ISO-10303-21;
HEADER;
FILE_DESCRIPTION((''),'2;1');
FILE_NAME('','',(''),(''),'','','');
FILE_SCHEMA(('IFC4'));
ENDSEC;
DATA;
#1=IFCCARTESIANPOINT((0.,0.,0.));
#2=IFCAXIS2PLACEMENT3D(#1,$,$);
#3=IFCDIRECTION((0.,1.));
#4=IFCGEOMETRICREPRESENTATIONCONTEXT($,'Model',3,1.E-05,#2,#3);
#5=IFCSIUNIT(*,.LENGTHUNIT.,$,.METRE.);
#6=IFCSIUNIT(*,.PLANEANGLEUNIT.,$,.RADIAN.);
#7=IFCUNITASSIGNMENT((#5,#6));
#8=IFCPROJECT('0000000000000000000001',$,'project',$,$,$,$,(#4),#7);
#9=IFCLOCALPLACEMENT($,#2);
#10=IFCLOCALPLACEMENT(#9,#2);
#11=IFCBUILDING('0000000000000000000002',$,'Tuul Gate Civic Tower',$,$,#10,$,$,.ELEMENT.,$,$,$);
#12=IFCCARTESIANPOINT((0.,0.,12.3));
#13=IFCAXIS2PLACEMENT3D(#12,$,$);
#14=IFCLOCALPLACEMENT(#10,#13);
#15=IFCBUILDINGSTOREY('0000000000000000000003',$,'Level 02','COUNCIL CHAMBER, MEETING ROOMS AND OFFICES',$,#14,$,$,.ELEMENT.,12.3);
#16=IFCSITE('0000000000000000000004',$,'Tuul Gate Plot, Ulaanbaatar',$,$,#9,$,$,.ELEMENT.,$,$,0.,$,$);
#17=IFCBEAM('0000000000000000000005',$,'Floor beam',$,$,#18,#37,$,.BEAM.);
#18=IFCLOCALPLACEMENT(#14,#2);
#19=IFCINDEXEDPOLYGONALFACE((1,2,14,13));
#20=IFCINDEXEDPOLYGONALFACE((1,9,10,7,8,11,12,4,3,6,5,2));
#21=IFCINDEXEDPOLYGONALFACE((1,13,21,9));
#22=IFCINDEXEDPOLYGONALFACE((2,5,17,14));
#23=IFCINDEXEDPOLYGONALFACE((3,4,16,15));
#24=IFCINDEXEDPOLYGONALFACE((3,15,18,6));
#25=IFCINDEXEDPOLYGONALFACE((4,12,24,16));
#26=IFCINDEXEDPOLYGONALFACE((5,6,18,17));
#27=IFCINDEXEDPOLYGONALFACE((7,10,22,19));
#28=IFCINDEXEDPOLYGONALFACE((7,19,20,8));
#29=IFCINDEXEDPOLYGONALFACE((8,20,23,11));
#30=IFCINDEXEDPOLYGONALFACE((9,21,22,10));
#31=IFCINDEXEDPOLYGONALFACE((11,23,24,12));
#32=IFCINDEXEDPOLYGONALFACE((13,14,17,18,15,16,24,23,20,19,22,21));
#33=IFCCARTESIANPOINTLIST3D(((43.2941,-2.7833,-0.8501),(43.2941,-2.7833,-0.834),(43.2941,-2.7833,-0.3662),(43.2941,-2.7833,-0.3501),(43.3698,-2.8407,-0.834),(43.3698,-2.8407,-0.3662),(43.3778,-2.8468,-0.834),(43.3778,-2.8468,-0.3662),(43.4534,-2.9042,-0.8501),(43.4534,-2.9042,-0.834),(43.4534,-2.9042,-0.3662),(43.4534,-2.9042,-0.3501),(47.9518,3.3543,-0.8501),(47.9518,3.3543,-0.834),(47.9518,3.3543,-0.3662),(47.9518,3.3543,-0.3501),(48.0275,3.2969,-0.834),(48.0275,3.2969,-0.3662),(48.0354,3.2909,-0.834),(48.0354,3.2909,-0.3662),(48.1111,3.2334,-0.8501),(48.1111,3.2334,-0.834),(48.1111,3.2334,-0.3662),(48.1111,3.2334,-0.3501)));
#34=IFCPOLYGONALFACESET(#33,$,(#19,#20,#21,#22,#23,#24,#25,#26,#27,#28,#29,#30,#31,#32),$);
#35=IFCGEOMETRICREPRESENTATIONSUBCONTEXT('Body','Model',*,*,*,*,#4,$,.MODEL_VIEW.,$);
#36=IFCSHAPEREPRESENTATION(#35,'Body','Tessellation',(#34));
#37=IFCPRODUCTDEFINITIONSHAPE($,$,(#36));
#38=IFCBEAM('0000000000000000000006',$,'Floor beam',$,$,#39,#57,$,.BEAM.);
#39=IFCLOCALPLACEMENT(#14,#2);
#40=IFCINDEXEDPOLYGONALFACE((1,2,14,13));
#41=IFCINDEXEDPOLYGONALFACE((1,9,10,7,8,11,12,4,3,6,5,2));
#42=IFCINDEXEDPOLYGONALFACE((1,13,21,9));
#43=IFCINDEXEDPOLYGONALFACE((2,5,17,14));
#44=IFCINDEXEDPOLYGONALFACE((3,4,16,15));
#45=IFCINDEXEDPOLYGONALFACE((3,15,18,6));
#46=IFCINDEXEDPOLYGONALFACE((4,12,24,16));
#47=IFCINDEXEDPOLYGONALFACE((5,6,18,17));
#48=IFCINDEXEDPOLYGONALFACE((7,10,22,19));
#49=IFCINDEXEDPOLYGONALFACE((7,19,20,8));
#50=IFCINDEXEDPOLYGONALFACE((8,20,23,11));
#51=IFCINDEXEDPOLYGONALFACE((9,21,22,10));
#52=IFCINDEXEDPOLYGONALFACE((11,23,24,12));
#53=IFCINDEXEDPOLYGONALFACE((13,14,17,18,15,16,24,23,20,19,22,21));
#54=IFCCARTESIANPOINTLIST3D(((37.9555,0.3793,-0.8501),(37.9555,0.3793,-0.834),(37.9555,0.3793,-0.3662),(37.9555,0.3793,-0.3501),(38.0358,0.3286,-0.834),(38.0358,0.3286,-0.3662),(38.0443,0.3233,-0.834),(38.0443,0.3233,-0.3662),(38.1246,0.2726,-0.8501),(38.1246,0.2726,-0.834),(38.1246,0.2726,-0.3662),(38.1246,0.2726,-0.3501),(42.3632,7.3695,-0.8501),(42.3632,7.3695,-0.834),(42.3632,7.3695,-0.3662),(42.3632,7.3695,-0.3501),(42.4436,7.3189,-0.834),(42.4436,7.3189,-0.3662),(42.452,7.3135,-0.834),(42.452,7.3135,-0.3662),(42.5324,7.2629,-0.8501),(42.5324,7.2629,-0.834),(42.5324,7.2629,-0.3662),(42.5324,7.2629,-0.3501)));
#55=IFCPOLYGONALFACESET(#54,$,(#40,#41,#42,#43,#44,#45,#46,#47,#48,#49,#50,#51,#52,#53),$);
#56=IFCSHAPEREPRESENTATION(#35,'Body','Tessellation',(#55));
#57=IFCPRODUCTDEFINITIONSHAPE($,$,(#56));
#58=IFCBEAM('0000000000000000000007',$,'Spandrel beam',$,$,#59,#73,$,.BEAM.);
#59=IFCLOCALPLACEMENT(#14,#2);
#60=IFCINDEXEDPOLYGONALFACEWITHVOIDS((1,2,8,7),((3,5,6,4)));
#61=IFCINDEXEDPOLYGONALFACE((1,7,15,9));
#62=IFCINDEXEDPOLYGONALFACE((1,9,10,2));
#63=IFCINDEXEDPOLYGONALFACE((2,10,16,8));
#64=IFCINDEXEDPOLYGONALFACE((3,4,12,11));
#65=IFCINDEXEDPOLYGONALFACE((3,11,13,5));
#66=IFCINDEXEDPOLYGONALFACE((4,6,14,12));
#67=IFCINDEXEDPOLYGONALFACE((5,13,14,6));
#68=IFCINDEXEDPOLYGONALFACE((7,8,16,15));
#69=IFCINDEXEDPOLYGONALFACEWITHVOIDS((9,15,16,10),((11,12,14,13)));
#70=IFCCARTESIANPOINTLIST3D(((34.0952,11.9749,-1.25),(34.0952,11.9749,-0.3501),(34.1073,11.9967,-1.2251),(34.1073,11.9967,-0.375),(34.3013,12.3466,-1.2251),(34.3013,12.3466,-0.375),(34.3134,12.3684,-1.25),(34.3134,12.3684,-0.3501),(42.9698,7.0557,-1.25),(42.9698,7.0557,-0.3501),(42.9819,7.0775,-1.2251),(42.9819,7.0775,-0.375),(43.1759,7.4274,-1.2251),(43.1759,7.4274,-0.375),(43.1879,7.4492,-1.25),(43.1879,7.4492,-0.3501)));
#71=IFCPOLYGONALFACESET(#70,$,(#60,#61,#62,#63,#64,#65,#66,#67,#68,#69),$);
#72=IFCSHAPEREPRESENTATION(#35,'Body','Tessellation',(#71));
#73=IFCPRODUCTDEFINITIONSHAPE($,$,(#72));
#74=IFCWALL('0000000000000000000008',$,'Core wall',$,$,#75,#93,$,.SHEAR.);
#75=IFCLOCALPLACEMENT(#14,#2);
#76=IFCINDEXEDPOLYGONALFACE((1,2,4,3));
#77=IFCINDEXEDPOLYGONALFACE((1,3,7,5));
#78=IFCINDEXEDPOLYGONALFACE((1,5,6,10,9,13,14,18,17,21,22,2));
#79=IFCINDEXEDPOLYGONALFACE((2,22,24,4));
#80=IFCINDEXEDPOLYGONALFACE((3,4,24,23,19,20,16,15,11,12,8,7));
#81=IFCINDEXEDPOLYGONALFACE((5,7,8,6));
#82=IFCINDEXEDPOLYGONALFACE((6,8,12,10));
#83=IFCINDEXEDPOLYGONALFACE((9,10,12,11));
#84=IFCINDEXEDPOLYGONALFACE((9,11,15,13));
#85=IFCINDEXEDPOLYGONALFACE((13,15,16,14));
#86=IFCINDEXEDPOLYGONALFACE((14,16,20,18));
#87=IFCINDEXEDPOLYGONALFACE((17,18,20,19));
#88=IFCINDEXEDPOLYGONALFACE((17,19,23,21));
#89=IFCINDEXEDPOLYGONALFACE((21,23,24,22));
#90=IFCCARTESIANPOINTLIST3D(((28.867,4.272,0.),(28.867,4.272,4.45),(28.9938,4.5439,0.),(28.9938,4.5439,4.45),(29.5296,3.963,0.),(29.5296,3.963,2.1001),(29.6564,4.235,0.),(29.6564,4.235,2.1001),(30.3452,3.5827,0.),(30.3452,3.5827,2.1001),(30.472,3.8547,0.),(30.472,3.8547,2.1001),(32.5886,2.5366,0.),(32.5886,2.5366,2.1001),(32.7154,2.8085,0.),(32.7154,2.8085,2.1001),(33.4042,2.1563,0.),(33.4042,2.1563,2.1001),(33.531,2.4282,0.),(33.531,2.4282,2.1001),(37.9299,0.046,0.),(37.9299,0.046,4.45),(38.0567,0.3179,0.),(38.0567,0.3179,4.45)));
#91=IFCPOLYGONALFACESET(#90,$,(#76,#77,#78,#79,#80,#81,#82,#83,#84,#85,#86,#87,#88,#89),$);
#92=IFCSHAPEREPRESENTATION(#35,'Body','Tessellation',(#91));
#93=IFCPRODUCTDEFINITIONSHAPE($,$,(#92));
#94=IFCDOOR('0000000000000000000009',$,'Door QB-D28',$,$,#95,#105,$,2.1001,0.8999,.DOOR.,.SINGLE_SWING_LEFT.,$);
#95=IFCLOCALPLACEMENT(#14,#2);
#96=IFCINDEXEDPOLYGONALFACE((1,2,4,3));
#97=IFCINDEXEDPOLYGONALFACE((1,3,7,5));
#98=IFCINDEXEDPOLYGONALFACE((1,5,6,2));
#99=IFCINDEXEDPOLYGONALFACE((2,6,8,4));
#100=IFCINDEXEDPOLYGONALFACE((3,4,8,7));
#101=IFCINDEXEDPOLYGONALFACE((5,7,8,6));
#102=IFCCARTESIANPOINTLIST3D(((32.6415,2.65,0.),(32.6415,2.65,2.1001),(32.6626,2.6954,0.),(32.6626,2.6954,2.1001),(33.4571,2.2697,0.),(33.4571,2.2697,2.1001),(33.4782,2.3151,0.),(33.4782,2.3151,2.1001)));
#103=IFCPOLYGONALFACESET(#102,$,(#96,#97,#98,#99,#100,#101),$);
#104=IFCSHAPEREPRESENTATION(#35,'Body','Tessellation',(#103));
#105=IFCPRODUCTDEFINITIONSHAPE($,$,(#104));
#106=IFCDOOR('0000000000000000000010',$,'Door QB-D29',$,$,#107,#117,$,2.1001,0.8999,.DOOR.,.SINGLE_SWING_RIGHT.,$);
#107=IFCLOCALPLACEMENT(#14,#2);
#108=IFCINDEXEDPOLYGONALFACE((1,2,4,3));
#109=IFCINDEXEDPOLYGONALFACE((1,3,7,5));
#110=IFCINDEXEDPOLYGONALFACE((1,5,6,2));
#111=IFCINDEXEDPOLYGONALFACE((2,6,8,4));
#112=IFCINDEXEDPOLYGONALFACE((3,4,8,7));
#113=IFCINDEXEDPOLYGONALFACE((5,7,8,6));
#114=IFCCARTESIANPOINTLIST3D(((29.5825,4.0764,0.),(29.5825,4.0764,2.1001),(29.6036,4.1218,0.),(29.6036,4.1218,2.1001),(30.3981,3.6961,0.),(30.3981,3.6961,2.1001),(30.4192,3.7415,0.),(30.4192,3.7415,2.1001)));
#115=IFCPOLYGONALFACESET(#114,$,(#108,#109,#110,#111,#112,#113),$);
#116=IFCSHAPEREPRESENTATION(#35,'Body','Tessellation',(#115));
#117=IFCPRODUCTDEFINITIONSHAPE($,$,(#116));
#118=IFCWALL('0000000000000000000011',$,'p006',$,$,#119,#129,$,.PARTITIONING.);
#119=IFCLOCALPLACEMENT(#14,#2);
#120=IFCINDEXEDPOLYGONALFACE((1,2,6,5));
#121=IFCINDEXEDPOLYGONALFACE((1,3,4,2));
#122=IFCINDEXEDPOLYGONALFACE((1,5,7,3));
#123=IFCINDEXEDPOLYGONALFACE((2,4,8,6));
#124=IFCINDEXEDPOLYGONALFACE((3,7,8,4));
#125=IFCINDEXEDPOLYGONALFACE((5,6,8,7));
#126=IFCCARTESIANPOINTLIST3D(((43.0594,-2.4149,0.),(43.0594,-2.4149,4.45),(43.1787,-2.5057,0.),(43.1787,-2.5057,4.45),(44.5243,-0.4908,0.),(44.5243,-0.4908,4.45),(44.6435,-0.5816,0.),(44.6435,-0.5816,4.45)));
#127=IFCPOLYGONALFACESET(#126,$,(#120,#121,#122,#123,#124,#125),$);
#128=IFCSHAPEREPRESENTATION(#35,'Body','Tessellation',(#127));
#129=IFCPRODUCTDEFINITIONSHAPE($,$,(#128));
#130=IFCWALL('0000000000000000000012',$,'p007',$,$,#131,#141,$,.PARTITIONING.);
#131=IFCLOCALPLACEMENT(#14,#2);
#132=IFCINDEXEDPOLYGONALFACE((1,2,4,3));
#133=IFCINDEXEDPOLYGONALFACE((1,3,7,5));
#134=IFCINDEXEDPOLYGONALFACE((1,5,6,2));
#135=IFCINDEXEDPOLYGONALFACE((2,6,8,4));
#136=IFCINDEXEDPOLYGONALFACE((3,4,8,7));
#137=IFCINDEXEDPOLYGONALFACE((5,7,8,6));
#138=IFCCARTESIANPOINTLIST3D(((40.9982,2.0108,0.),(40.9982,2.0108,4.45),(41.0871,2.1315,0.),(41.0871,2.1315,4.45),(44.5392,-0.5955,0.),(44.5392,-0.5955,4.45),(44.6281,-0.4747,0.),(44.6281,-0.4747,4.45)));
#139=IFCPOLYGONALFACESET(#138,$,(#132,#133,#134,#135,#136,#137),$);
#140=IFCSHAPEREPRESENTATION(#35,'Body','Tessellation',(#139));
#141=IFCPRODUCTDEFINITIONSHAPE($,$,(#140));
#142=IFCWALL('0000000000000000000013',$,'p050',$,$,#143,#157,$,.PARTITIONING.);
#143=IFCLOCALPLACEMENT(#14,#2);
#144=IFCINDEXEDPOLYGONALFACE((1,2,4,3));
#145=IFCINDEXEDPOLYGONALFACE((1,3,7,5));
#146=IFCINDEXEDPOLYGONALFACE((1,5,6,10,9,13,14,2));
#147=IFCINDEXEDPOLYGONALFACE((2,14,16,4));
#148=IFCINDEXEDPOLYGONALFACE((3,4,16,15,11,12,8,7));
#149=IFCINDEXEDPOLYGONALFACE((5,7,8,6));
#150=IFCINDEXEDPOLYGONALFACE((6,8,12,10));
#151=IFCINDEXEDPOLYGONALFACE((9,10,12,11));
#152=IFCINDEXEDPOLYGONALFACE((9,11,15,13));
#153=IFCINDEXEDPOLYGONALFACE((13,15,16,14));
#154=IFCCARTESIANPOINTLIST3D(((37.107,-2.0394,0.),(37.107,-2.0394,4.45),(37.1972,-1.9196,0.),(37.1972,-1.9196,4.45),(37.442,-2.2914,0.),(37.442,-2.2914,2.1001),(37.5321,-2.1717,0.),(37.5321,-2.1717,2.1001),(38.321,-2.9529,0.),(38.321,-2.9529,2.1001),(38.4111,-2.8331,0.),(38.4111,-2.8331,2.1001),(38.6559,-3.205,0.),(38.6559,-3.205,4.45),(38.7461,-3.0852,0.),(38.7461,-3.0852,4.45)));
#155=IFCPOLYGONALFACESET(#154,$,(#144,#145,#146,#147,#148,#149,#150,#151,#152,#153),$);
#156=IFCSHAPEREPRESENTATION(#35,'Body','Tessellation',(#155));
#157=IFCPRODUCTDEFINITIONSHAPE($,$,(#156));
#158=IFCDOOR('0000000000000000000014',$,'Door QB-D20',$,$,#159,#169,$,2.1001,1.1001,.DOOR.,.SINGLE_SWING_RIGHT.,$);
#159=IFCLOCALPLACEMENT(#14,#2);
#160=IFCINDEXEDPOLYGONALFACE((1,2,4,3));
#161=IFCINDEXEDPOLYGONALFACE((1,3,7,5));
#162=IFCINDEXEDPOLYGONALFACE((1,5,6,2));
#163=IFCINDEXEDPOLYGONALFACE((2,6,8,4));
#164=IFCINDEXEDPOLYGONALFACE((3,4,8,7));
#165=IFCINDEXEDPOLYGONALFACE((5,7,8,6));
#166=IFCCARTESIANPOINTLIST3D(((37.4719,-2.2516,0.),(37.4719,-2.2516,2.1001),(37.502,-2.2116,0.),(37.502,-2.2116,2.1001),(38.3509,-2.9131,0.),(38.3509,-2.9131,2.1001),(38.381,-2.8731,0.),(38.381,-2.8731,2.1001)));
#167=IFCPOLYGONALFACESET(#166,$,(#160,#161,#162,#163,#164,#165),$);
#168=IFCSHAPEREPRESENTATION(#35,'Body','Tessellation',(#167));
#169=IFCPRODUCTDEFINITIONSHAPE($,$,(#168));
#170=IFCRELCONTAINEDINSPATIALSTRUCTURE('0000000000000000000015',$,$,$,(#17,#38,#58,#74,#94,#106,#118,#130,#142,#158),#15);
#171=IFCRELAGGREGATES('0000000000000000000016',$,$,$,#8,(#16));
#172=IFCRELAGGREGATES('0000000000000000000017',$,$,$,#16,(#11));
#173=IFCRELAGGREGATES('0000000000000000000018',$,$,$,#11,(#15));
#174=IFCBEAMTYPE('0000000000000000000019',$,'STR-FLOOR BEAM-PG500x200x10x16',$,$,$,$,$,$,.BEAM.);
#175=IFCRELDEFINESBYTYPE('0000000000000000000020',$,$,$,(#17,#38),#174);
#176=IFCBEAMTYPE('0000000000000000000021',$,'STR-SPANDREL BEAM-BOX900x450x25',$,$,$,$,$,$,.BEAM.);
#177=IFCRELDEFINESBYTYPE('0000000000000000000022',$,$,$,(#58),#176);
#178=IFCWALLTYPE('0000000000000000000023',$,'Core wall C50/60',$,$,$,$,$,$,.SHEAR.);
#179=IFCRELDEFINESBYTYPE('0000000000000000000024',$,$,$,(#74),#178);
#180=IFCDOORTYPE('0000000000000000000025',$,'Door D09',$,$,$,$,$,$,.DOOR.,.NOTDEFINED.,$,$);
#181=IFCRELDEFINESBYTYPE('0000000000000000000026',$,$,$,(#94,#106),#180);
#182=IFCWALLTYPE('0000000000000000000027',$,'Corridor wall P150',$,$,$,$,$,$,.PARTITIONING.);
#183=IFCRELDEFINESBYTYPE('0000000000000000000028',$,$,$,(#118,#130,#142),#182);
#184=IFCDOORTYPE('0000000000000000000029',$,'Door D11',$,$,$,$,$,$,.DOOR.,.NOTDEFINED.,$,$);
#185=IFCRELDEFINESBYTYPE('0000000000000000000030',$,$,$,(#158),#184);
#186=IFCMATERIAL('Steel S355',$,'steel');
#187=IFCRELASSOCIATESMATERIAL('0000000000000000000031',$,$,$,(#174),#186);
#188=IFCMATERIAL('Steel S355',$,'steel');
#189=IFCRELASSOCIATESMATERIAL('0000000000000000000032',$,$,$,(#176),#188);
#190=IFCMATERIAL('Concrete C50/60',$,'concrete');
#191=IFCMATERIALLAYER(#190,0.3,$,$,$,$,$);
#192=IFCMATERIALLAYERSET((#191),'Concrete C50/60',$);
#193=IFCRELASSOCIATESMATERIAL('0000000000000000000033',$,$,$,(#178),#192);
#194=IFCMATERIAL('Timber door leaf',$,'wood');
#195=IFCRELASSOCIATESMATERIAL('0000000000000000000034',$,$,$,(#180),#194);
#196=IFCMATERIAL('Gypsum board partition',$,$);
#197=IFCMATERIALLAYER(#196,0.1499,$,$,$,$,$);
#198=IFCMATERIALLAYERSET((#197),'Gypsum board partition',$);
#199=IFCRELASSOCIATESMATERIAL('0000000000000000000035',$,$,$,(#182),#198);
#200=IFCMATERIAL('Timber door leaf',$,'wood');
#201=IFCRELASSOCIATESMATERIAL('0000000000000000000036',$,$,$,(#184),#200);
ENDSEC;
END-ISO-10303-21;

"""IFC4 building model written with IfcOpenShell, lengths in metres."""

from ifc_helpers import new_model, si_unit, direction, frame, frame_2d, origin, origin_2d, place, context, subcontext, project, spatial, rectangle, hollow_rectangle, i_section, extrude, material, layer, layer_set, material_profile, profile_set, type_object, element, fill, save


model = new_model("IFC4")

# Units and contexts
model_context = context("Model", 3, precision=1e-05, world=origin(), true_north=direction((0.0, 1.0)))
body_context = subcontext(model_context, "Body", "Model", "MODEL_VIEW")
ifc_project = project(units=[si_unit("LENGTHUNIT", "METRE"), si_unit("PLANEANGLEUNIT", "RADIAN")], contexts=[model_context])

# Site, building, storey
site_placement = place(None, origin())
site = spatial("IfcSite", under=ifc_project, at=site_placement, Name="Tuul Gate Plot, Ulaanbaatar", CompositionType="ELEMENT", RefElevation=0.0)
building_placement = place(site_placement, origin())
building = spatial("IfcBuilding", under=site, at=building_placement, Name="Tuul Gate Civic Tower", CompositionType="ELEMENT")
storey_placement = place(building_placement, frame((0.0, 0.0, 12.3)))
storey = spatial("IfcBuildingStorey", under=building, at=storey_placement, Name="Level 02", Description="COUNCIL CHAMBER, MEETING ROOMS AND OFFICES", CompositionType="ELEMENT", Elevation=12.3)

# Beams
ifc_material_1 = material(Name="Steel S355", Category="steel")
ifc_material_profile_1 = material_profile(ifc_material_1, i_section(OverallWidth=0.2, OverallDepth=0.5, WebThickness=0.01, FlangeThickness=0.0161, at=origin_2d()), Name="PG500x200x10x16")
ifc_profile_set_1 = profile_set([ifc_material_profile_1], Name="Steel S355")
beam_type_1 = type_object("IfcBeamType", Name="STR-FLOOR BEAM-PG500x200x10x16", PredefinedType="BEAM", material=ifc_profile_set_1)
beam_1_placement = place(storey_placement, frame((43.3738, -2.8438, -0.6001), z_axis=(0.604513, 0.796596, 0.0), x_axis=(-0.796596, 0.604513, 0.0)))
element("IfcBeam", 1, at=beam_1_placement, inside=storey, type_object=beam_type_1, Name="Floor beam", PredefinedType="BEAM", context=body_context, shape_type="SweptSolid", body=[
    extrude(i_section(OverallWidth=0.2, OverallDepth=0.5, WebThickness=0.01, FlangeThickness=0.0161, at=origin_2d()), origin(), (0.0, 0.0, 1.0), 7.7048),
])
beam_2_placement = place(storey_placement, frame((38.04, 0.3259, -0.6001), z_axis=(0.533373, 0.84588, 0.0), x_axis=(-0.84588, 0.533373, 0.0)))
element("IfcBeam", 2, at=beam_2_placement, inside=storey, type_object=beam_type_1, Name="Floor beam", PredefinedType="BEAM", context=body_context, shape_type="SweptSolid", body=[
    extrude(i_section(OverallWidth=0.2, OverallDepth=0.5, WebThickness=0.01, FlangeThickness=0.0161, at=origin_2d()), origin(), (0.0, 0.0, 1.0), 8.2639),
])
ifc_material_2 = material(Name="Steel S355", Category="steel")
ifc_material_profile_2 = material_profile(ifc_material_2, hollow_rectangle(XDim=0.45, YDim=0.8999, WallThickness=0.0249, at=origin_2d()), Name="BOX900x450x25")
ifc_profile_set_2 = profile_set([ifc_material_profile_2], Name="Steel S355")
beam_type_2 = type_object("IfcBeamType", Name="STR-SPANDREL BEAM-BOX900x450x25", PredefinedType="BEAM", material=ifc_profile_set_2)
beam_3_placement = place(storey_placement, frame((43.0789, 7.2524, -0.8), z_axis=(-0.874621, 0.484807, 0.0), x_axis=(-0.484807, -0.874621, 0.0)))
element("IfcBeam", 3, at=beam_3_placement, inside=storey, type_object=beam_type_2, Name="Spandrel beam", PredefinedType="BEAM", context=body_context, shape_type="SweptSolid", body=[
    extrude(hollow_rectangle(XDim=0.45, YDim=0.8999, WallThickness=0.0249, at=origin_2d()), origin(), (0.0, 0.0, 1.0), 10.1467),
])

# Wall, openings, doors
ifc_material_3 = material(Name="Concrete C50/60", Category="concrete")
ifc_layer_1 = layer(ifc_material_3, 0.3)
ifc_layer_set_1 = layer_set([ifc_layer_1], Name="Concrete C50/60")
wall_type_1 = type_object("IfcWallType", Name="Core wall C50/60", PredefinedType="SHEAR", material=ifc_layer_set_1)
wall_1_placement = place(storey_placement, frame((37.9934, 0.1819, 0.0), z_axis=(0.0, 0.0, 1.0), x_axis=(-0.90631, 0.422613, 0.0)))
wall_1 = element("IfcWall", 4, at=wall_1_placement, inside=storey, type_object=wall_type_1, Name="Core wall", PredefinedType="SHEAR", context=body_context, shape_type="SweptSolid", body=[
    extrude(rectangle(XDim=9.9998, YDim=0.3, at=frame_2d((5.0, 0.0))), origin(), (0.0, 0.0, 1.0), 4.45),
])
opening_1_placement = place(wall_1_placement, frame((4.9937, 0.0, 0.0)))
opening_1 = element("IfcOpeningElement", 5, at=opening_1_placement, cuts=wall_1, PredefinedType="OPENING", context=body_context, shape_type="SweptSolid", body=[
    extrude(rectangle(XDim=0.8999, YDim=2.1001, at=frame_2d((0.45, 1.05))), frame((0.0, 0.1602, 0.0), z_axis=(0.0, -1.0, 0.0), x_axis=(1.0, 0.0, 0.0)), (0.0, 0.0, 1.0), 0.3201),
])
opening_2_placement = place(wall_1_placement, frame((8.3689, 0.0, 0.0)))
opening_2 = element("IfcOpeningElement", 6, at=opening_2_placement, cuts=wall_1, PredefinedType="OPENING", context=body_context, shape_type="SweptSolid", body=[
    extrude(rectangle(XDim=0.8999, YDim=2.1001, at=frame_2d((0.45, 1.05))), frame((0.0, 0.1602, 0.0), z_axis=(0.0, -1.0, 0.0), x_axis=(1.0, 0.0, 0.0)), (0.0, 0.0, 1.0), 0.3201),
])
ifc_material_4 = material(Name="Timber door leaf", Category="wood")
door_type_1 = type_object("IfcDoorType", Name="Door D09", OperationType="NOTDEFINED", PredefinedType="DOOR", material=ifc_material_4)
door_1_placement = place(opening_1_placement, origin())
door_1 = element("IfcDoor", 7, at=door_1_placement, inside=storey, type_object=door_type_1, Name="Door QB-D28", OperationType="SINGLE_SWING_LEFT", OverallHeight=2.1001, OverallWidth=0.8999, PredefinedType="DOOR", context=body_context, shape_type="SweptSolid", body=[
    extrude(rectangle(XDim=0.8999, YDim=2.1001, at=frame_2d((0.45, 1.05))), frame((0.0, 0.0249, 0.0), z_axis=(0.0, -1.0, 0.0), x_axis=(1.0, 0.0, 0.0)), (0.0, 0.0, 1.0), 0.05),
])
fill(opening_1, door_1)
door_2_placement = place(opening_2_placement, origin())
door_2 = element("IfcDoor", 8, at=door_2_placement, inside=storey, type_object=door_type_1, Name="Door QB-D29", OperationType="SINGLE_SWING_RIGHT", OverallHeight=2.1001, OverallWidth=0.8999, PredefinedType="DOOR", context=body_context, shape_type="SweptSolid", body=[
    extrude(rectangle(XDim=0.8999, YDim=2.1001, at=frame_2d((0.45, 1.05))), frame((0.0, 0.0249, 0.0), z_axis=(0.0, -1.0, 0.0), x_axis=(1.0, 0.0, 0.0)), (0.0, 0.0, 1.0), 0.05),
])
fill(opening_2, door_2)

# Walls
ifc_material_5 = material(Name="Gypsum board partition")
ifc_layer_2 = layer(ifc_material_5, 0.1499)
ifc_layer_set_2 = layer_set([ifc_layer_2], Name="Gypsum board partition")
wall_type_2 = type_object("IfcWallType", Name="Corridor wall P150", PredefinedType="PARTITIONING", material=ifc_layer_set_2)
wall_2_placement = place(storey_placement, frame((43.1191, -2.4602, 0.0), z_axis=(0.0, 0.0, 1.0), x_axis=(0.605751, 0.795654, 0.0)))
element("IfcWall", 9, at=wall_2_placement, inside=storey, type_object=wall_type_2, Name="p006", PredefinedType="PARTITIONING", context=body_context, shape_type="SweptSolid", body=[
    extrude(rectangle(XDim=2.4182, YDim=0.1499, at=frame_2d((1.209, 0.0))), origin(), (0.0, 0.0, 1.0), 4.45),
])
wall_3_placement = place(storey_placement, frame((41.0427, 2.071, 0.0), z_axis=(0.0, 0.0, 1.0), x_axis=(0.805378, -0.592761, 0.0)))
element("IfcWall", 10, at=wall_3_placement, inside=storey, type_object=wall_type_2, Name="p007", PredefinedType="PARTITIONING", context=body_context, shape_type="SweptSolid", body=[
    extrude(rectangle(XDim=4.3967, YDim=0.1499, at=frame_2d((2.1982, 0.0))), origin(), (0.0, 0.0, 1.0), 4.45),
])

# Wall, opening, door
wall_4_placement = place(storey_placement, frame((37.1521, -1.9795, 0.0), z_axis=(0.0, 0.0, 1.0), x_axis=(0.799032, -0.601289, 0.0)))
wall_4 = element("IfcWall", 11, at=wall_4_placement, inside=storey, type_object=wall_type_2, Name="p050", PredefinedType="PARTITIONING", context=body_context, shape_type="SweptSolid", body=[
    extrude(rectangle(XDim=1.9385, YDim=0.1499, at=frame_2d((0.9692, 0.0))), origin(), (0.0, 0.0, 1.0), 4.45),
])
opening_3_placement = place(wall_4_placement, frame((0.4192, 0.0, 0.0)))
opening_3 = element("IfcOpeningElement", 12, at=opening_3_placement, cuts=wall_4, PredefinedType="OPENING", context=body_context, shape_type="SweptSolid", body=[
    extrude(rectangle(XDim=1.1001, YDim=2.1001, at=frame_2d((0.55, 1.05))), frame((0.0, 0.085, 0.0), z_axis=(0.0, -1.0, 0.0), x_axis=(1.0, 0.0, 0.0)), (0.0, 0.0, 1.0), 0.1699),
])
ifc_material_6 = material(Name="Timber door leaf", Category="wood")
door_type_2 = type_object("IfcDoorType", Name="Door D11", OperationType="NOTDEFINED", PredefinedType="DOOR", material=ifc_material_6)
door_3_placement = place(opening_3_placement, origin())
door_3 = element("IfcDoor", 13, at=door_3_placement, inside=storey, type_object=door_type_2, Name="Door QB-D20", OperationType="SINGLE_SWING_RIGHT", OverallHeight=2.1001, OverallWidth=1.1001, PredefinedType="DOOR", context=body_context, shape_type="SweptSolid", body=[
    extrude(rectangle(XDim=1.1001, YDim=2.1001, at=frame_2d((0.55, 1.05))), frame((0.0, 0.0249, 0.0), z_axis=(0.0, -1.0, 0.0), x_axis=(1.0, 0.0, 0.0)), (0.0, 0.0, 1.0), 0.05),
])
fill(opening_3, door_3)

save(model, "model.ifc")
